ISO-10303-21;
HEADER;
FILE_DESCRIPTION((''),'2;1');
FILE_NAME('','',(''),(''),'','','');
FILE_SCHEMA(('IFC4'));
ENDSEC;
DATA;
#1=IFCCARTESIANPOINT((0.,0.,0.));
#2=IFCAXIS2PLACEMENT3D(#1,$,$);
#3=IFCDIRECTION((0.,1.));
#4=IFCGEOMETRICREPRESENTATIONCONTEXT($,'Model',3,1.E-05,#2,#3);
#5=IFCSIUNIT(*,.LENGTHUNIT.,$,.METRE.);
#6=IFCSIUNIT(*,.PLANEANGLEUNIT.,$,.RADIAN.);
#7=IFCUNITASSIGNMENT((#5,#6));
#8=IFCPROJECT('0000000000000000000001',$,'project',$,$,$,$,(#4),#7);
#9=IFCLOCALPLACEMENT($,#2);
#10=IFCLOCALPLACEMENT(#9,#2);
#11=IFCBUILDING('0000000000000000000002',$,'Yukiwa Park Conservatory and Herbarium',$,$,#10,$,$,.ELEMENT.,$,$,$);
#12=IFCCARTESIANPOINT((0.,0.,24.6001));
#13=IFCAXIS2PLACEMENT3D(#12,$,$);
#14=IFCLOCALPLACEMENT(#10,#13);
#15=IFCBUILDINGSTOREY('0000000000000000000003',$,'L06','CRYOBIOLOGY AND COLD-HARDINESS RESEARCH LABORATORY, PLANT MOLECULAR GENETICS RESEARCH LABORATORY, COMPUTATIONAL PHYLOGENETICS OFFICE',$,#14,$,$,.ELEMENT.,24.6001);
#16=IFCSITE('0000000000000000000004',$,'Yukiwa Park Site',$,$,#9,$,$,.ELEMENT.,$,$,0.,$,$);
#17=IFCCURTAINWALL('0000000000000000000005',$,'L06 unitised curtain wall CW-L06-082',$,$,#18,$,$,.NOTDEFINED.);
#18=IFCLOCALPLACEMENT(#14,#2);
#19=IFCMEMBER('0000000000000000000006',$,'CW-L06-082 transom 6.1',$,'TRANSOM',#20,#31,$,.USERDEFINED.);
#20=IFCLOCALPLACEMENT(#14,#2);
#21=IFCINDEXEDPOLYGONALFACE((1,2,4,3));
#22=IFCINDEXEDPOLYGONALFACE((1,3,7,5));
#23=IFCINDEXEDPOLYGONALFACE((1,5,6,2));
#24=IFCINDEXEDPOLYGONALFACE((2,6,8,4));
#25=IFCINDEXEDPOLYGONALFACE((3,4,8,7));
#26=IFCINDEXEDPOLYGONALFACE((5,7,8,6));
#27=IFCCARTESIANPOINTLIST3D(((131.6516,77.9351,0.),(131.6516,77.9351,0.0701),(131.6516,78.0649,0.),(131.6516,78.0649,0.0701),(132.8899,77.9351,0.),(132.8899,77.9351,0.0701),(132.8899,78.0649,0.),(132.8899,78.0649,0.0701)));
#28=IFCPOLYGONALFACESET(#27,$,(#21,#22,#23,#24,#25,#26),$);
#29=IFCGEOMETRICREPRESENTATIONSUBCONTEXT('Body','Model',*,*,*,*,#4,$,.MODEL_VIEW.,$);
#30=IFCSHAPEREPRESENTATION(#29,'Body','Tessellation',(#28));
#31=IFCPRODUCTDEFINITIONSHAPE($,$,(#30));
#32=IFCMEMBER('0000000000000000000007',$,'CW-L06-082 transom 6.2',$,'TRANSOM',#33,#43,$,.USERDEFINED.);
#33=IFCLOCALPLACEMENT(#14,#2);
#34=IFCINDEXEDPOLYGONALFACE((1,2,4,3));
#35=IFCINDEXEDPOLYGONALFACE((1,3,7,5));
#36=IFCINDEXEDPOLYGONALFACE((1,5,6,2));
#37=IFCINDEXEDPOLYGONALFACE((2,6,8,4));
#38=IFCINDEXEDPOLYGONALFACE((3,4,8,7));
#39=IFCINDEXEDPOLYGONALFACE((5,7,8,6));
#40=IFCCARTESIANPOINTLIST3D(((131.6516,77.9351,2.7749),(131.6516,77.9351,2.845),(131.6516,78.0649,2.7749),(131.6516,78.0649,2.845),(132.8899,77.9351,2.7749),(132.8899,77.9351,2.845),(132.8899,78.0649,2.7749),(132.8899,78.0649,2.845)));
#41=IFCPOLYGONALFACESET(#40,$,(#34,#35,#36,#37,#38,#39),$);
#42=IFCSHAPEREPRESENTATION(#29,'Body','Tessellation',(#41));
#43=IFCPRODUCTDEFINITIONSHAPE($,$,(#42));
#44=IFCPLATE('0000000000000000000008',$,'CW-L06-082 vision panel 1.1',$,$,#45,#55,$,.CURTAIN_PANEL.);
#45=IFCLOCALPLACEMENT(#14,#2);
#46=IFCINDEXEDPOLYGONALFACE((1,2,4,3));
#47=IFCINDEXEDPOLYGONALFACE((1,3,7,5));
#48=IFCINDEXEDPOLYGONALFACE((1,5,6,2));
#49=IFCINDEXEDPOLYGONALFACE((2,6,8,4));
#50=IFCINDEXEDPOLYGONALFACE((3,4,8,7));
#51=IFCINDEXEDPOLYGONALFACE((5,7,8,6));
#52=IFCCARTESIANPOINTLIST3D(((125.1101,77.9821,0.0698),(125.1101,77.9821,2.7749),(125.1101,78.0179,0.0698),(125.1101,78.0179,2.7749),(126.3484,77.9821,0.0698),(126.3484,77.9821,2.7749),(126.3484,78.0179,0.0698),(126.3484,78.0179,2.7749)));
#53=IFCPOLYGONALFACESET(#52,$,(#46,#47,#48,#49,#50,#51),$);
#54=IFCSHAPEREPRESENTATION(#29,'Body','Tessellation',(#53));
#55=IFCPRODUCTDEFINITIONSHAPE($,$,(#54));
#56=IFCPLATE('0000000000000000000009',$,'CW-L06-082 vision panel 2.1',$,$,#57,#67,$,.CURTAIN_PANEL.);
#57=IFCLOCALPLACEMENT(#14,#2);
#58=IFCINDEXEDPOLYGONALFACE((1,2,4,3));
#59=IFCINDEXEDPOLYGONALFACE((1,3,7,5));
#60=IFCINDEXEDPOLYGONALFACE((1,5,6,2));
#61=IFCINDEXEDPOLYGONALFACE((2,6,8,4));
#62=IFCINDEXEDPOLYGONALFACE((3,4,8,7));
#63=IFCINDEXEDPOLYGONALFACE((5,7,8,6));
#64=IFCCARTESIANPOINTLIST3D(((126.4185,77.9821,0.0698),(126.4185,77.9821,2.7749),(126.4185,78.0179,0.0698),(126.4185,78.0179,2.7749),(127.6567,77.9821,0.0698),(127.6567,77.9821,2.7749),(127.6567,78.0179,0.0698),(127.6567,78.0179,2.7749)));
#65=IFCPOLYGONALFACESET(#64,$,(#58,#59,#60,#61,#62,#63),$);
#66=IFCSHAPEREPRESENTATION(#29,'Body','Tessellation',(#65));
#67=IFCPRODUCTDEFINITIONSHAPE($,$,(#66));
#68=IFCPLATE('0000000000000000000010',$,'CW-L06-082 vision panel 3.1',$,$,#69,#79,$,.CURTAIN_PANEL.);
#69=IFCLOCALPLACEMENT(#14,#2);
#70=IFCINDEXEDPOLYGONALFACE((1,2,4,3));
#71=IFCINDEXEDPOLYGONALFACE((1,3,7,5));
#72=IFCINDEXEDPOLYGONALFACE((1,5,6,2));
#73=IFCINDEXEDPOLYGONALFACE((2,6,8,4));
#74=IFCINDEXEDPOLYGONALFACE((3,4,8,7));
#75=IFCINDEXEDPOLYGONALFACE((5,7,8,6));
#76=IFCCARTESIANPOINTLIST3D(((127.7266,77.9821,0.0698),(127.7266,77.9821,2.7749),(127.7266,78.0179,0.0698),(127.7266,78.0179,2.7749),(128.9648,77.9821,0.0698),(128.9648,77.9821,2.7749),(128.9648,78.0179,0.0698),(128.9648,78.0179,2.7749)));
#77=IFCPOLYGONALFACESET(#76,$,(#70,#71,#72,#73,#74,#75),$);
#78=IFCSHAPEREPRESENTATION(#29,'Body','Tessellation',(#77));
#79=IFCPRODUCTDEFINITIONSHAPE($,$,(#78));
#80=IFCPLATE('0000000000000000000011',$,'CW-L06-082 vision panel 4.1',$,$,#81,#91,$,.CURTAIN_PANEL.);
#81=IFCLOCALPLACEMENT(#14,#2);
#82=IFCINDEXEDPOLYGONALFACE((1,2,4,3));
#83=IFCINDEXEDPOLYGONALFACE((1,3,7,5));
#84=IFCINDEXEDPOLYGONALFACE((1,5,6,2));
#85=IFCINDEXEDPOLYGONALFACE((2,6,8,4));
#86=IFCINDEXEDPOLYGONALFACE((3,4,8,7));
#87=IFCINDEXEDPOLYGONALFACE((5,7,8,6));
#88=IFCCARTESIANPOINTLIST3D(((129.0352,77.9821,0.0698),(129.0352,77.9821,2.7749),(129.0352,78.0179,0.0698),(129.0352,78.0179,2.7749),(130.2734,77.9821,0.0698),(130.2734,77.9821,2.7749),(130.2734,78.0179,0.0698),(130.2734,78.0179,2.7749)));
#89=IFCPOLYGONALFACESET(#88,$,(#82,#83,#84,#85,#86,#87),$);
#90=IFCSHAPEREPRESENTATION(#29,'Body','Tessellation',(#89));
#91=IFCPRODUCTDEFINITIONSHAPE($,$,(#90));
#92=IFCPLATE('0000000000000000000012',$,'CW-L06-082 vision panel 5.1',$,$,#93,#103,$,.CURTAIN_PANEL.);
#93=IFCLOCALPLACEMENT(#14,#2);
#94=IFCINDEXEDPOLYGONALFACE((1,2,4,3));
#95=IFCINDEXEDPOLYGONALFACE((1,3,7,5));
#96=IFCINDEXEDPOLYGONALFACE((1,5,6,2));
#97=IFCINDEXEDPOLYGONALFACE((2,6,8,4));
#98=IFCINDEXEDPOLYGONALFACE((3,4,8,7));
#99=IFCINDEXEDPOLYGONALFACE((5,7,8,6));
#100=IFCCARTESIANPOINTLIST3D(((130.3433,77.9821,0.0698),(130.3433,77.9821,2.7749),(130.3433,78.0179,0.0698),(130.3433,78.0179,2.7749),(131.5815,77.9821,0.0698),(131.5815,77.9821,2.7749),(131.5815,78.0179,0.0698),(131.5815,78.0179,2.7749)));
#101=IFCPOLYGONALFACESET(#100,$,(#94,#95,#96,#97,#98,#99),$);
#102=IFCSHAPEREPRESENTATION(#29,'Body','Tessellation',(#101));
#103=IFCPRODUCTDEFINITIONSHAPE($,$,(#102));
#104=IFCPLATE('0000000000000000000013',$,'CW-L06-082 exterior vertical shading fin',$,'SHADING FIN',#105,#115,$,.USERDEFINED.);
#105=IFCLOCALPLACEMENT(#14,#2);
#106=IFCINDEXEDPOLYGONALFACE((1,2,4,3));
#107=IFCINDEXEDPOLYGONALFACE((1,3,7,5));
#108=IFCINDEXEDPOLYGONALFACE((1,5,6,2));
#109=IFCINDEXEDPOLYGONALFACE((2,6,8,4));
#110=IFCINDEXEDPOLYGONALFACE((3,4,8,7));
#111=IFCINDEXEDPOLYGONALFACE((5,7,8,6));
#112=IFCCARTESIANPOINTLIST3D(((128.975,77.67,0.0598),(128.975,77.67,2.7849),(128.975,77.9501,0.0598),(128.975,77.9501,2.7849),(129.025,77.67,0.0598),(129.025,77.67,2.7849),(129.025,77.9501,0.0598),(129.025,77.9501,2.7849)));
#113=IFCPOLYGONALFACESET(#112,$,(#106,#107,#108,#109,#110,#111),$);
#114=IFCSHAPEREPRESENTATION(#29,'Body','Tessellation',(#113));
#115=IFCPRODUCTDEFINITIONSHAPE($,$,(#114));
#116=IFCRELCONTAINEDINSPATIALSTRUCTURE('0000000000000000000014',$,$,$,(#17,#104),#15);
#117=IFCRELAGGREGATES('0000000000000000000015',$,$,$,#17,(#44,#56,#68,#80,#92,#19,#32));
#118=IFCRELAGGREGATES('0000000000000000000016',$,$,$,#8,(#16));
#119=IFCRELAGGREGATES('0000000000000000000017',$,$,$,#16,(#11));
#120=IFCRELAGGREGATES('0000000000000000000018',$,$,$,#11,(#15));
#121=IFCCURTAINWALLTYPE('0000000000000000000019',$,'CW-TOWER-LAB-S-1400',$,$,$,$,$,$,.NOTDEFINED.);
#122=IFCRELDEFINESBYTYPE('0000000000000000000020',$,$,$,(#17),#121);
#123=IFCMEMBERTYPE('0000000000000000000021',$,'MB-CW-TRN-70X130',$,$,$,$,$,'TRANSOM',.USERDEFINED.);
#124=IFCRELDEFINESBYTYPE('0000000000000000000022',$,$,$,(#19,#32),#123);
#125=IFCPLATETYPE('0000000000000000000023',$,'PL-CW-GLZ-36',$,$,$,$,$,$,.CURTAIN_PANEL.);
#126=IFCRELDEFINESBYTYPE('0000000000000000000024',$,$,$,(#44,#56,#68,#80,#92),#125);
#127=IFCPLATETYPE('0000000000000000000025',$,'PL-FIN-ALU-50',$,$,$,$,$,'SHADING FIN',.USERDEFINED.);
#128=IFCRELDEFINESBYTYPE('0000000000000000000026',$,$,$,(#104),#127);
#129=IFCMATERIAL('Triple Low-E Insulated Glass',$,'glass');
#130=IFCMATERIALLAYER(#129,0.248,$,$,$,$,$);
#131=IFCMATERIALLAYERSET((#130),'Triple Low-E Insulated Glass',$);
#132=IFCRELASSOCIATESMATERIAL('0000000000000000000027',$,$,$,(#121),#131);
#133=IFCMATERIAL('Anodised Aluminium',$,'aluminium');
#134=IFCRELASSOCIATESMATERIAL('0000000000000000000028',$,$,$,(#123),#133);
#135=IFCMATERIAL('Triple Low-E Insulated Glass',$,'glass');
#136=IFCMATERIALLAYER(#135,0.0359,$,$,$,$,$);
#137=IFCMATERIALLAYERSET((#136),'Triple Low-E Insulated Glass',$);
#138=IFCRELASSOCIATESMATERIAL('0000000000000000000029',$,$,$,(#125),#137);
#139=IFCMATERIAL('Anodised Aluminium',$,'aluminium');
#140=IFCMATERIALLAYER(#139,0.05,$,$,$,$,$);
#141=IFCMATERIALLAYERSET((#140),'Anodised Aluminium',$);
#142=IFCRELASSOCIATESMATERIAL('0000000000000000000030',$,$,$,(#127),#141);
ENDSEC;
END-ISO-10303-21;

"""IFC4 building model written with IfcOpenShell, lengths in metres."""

from ifc_helpers import new_model, si_unit, direction, frame, origin, origin_2d, place, context, subcontext, project, spatial, rectangle, extrude, material, layer, layer_set, type_object, element, aggregate, save


model = new_model("IFC4")

# Units and contexts
model_context = context("Model", 3, precision=1e-05, world=origin(), true_north=direction((0.0, 1.0)))
body_context = subcontext(model_context, "Body", "Model", "MODEL_VIEW")
ifc_project = project(units=[si_unit("LENGTHUNIT", "METRE"), si_unit("PLANEANGLEUNIT", "RADIAN")], contexts=[model_context])

# Site, building, storey
site_placement = place(None, origin())
site = spatial("IfcSite", under=ifc_project, at=site_placement, Name="Yukiwa Park Site", CompositionType="ELEMENT", RefElevation=0.0)
building_placement = place(site_placement, origin())
building = spatial("IfcBuilding", under=site, at=building_placement, Name="Yukiwa Park Conservatory and Herbarium", CompositionType="ELEMENT")
storey_placement = place(building_placement, frame((0.0, 0.0, 24.6001)))
storey = spatial("IfcBuildingStorey", under=building, at=storey_placement, Name="L06", Description="CRYOBIOLOGY AND COLD-HARDINESS RESEARCH LABORATORY, PLANT MOLECULAR GENETICS RESEARCH LABORATORY, COMPUTATIONAL PHYLOGENETICS OFFICE", CompositionType="ELEMENT", Elevation=24.6001)

# Curtain wall, members, plates
ifc_material_1 = material(Name="Triple Low-E Insulated Glass", Category="glass")
ifc_layer_1 = layer(ifc_material_1, 0.248)
ifc_layer_set_1 = layer_set([ifc_layer_1], Name="Triple Low-E Insulated Glass")
curtain_wall_type = type_object("IfcCurtainWallType", Name="CW-TOWER-LAB-S-1400", PredefinedType="NOTDEFINED", material=ifc_layer_set_1)
curtain_wall_placement = place(storey_placement, origin())
curtain_wall = element("IfcCurtainWall", 1, at=curtain_wall_placement, inside=storey, type_object=curtain_wall_type, Name="L06 unitised curtain wall CW-L06-082", PredefinedType="NOTDEFINED")
ifc_material_2 = material(Name="Anodised Aluminium", Category="aluminium")
member_type_1 = type_object("IfcMemberType", Name="MB-CW-TRN-70X130", ElementType="TRANSOM", PredefinedType="USERDEFINED", material=ifc_material_2)
member_1_placement = place(storey_placement, frame((132.2708, 78.0, 0.0), z_axis=(0.0, 0.0, 1.0), x_axis=(1.0, 0.0, 0.0)))
member_1 = element("IfcMember", 2, at=member_1_placement, type_object=member_type_1, Name="CW-L06-082 transom 6.1", ObjectType="TRANSOM", PredefinedType="USERDEFINED", context=body_context, shape_type="SweptSolid", body=[
    extrude(rectangle(XDim=1.2383, YDim=0.1299, at=origin_2d()), origin(), (0.0, 0.0, 1.0), 0.0701),
])
member_2_placement = place(storey_placement, frame((132.2708, 78.0, 2.7749), z_axis=(0.0, 0.0, 1.0), x_axis=(1.0, 0.0, 0.0)))
member_2 = element("IfcMember", 3, at=member_2_placement, type_object=member_type_1, Name="CW-L06-082 transom 6.2", ObjectType="TRANSOM", PredefinedType="USERDEFINED", context=body_context, shape_type="SweptSolid", body=[
    extrude(rectangle(XDim=1.2383, YDim=0.1299, at=origin_2d()), origin(), (0.0, 0.0, 1.0), 0.0701),
])
ifc_material_3 = material(Name="Triple Low-E Insulated Glass", Category="glass")
ifc_layer_2 = layer(ifc_material_3, 0.0359)
ifc_layer_set_2 = layer_set([ifc_layer_2], Name="Triple Low-E Insulated Glass")
plate_type_1 = type_object("IfcPlateType", Name="PL-CW-GLZ-36", PredefinedType="CURTAIN_PANEL", material=ifc_layer_set_2)
plate_1_placement = place(storey_placement, frame((125.7292, 78.0, 0.0698), z_axis=(0.0, 0.0, 1.0), x_axis=(1.0, 0.0, 0.0)))
plate_1 = element("IfcPlate", 4, at=plate_1_placement, type_object=plate_type_1, Name="CW-L06-082 vision panel 1.1", PredefinedType="CURTAIN_PANEL", context=body_context, shape_type="SweptSolid", body=[
    extrude(rectangle(XDim=1.2383, YDim=0.0359, at=origin_2d()), origin(), (0.0, 0.0, 1.0), 2.7051),
])
plate_2_placement = place(storey_placement, frame((127.0376, 78.0, 0.0698), z_axis=(0.0, 0.0, 1.0), x_axis=(1.0, 0.0, 0.0)))
plate_2 = element("IfcPlate", 5, at=plate_2_placement, type_object=plate_type_1, Name="CW-L06-082 vision panel 2.1", PredefinedType="CURTAIN_PANEL", context=body_context, shape_type="SweptSolid", body=[
    extrude(rectangle(XDim=1.2383, YDim=0.0359, at=origin_2d()), origin(), (0.0, 0.0, 1.0), 2.7051),
])
plate_3_placement = place(storey_placement, frame((128.3457, 78.0, 0.0698), z_axis=(0.0, 0.0, 1.0), x_axis=(1.0, 0.0, 0.0)))
plate_3 = element("IfcPlate", 6, at=plate_3_placement, type_object=plate_type_1, Name="CW-L06-082 vision panel 3.1", PredefinedType="CURTAIN_PANEL", context=body_context, shape_type="SweptSolid", body=[
    extrude(rectangle(XDim=1.2383, YDim=0.0359, at=origin_2d()), origin(), (0.0, 0.0, 1.0), 2.7051),
])
plate_4_placement = place(storey_placement, frame((129.6543, 78.0, 0.0698), z_axis=(0.0, 0.0, 1.0), x_axis=(1.0, 0.0, 0.0)))
plate_4 = element("IfcPlate", 7, at=plate_4_placement, type_object=plate_type_1, Name="CW-L06-082 vision panel 4.1", PredefinedType="CURTAIN_PANEL", context=body_context, shape_type="SweptSolid", body=[
    extrude(rectangle(XDim=1.2383, YDim=0.0359, at=origin_2d()), origin(), (0.0, 0.0, 1.0), 2.7051),
])
plate_5_placement = place(storey_placement, frame((130.9624, 78.0, 0.0698), z_axis=(0.0, 0.0, 1.0), x_axis=(1.0, 0.0, 0.0)))
plate_5 = element("IfcPlate", 8, at=plate_5_placement, type_object=plate_type_1, Name="CW-L06-082 vision panel 5.1", PredefinedType="CURTAIN_PANEL", context=body_context, shape_type="SweptSolid", body=[
    extrude(rectangle(XDim=1.2383, YDim=0.0359, at=origin_2d()), origin(), (0.0, 0.0, 1.0), 2.7051),
])
aggregate(curtain_wall, [plate_1, plate_2, plate_3, plate_4, plate_5, member_1, member_2])

# Plate
ifc_material_4 = material(Name="Anodised Aluminium", Category="aluminium")
ifc_layer_3 = layer(ifc_material_4, 0.05)
ifc_layer_set_3 = layer_set([ifc_layer_3], Name="Anodised Aluminium")
plate_type_2 = type_object("IfcPlateType", Name="PL-FIN-ALU-50", ElementType="SHADING FIN", PredefinedType="USERDEFINED", material=ifc_layer_set_3)
plate_6_placement = place(storey_placement, frame((129.0, 77.8101, 0.0598), z_axis=(0.0, 0.0, 1.0), x_axis=(1.0, 0.0, 0.0)))
element("IfcPlate", 9, at=plate_6_placement, inside=storey, type_object=plate_type_2, Name="CW-L06-082 exterior vertical shading fin", ObjectType="SHADING FIN", PredefinedType="USERDEFINED", context=body_context, shape_type="SweptSolid", body=[
    extrude(rectangle(XDim=0.05, YDim=0.28, at=origin_2d()), origin(), (0.0, 0.0, 1.0), 2.7251),
])

save(model, "model.ifc")
